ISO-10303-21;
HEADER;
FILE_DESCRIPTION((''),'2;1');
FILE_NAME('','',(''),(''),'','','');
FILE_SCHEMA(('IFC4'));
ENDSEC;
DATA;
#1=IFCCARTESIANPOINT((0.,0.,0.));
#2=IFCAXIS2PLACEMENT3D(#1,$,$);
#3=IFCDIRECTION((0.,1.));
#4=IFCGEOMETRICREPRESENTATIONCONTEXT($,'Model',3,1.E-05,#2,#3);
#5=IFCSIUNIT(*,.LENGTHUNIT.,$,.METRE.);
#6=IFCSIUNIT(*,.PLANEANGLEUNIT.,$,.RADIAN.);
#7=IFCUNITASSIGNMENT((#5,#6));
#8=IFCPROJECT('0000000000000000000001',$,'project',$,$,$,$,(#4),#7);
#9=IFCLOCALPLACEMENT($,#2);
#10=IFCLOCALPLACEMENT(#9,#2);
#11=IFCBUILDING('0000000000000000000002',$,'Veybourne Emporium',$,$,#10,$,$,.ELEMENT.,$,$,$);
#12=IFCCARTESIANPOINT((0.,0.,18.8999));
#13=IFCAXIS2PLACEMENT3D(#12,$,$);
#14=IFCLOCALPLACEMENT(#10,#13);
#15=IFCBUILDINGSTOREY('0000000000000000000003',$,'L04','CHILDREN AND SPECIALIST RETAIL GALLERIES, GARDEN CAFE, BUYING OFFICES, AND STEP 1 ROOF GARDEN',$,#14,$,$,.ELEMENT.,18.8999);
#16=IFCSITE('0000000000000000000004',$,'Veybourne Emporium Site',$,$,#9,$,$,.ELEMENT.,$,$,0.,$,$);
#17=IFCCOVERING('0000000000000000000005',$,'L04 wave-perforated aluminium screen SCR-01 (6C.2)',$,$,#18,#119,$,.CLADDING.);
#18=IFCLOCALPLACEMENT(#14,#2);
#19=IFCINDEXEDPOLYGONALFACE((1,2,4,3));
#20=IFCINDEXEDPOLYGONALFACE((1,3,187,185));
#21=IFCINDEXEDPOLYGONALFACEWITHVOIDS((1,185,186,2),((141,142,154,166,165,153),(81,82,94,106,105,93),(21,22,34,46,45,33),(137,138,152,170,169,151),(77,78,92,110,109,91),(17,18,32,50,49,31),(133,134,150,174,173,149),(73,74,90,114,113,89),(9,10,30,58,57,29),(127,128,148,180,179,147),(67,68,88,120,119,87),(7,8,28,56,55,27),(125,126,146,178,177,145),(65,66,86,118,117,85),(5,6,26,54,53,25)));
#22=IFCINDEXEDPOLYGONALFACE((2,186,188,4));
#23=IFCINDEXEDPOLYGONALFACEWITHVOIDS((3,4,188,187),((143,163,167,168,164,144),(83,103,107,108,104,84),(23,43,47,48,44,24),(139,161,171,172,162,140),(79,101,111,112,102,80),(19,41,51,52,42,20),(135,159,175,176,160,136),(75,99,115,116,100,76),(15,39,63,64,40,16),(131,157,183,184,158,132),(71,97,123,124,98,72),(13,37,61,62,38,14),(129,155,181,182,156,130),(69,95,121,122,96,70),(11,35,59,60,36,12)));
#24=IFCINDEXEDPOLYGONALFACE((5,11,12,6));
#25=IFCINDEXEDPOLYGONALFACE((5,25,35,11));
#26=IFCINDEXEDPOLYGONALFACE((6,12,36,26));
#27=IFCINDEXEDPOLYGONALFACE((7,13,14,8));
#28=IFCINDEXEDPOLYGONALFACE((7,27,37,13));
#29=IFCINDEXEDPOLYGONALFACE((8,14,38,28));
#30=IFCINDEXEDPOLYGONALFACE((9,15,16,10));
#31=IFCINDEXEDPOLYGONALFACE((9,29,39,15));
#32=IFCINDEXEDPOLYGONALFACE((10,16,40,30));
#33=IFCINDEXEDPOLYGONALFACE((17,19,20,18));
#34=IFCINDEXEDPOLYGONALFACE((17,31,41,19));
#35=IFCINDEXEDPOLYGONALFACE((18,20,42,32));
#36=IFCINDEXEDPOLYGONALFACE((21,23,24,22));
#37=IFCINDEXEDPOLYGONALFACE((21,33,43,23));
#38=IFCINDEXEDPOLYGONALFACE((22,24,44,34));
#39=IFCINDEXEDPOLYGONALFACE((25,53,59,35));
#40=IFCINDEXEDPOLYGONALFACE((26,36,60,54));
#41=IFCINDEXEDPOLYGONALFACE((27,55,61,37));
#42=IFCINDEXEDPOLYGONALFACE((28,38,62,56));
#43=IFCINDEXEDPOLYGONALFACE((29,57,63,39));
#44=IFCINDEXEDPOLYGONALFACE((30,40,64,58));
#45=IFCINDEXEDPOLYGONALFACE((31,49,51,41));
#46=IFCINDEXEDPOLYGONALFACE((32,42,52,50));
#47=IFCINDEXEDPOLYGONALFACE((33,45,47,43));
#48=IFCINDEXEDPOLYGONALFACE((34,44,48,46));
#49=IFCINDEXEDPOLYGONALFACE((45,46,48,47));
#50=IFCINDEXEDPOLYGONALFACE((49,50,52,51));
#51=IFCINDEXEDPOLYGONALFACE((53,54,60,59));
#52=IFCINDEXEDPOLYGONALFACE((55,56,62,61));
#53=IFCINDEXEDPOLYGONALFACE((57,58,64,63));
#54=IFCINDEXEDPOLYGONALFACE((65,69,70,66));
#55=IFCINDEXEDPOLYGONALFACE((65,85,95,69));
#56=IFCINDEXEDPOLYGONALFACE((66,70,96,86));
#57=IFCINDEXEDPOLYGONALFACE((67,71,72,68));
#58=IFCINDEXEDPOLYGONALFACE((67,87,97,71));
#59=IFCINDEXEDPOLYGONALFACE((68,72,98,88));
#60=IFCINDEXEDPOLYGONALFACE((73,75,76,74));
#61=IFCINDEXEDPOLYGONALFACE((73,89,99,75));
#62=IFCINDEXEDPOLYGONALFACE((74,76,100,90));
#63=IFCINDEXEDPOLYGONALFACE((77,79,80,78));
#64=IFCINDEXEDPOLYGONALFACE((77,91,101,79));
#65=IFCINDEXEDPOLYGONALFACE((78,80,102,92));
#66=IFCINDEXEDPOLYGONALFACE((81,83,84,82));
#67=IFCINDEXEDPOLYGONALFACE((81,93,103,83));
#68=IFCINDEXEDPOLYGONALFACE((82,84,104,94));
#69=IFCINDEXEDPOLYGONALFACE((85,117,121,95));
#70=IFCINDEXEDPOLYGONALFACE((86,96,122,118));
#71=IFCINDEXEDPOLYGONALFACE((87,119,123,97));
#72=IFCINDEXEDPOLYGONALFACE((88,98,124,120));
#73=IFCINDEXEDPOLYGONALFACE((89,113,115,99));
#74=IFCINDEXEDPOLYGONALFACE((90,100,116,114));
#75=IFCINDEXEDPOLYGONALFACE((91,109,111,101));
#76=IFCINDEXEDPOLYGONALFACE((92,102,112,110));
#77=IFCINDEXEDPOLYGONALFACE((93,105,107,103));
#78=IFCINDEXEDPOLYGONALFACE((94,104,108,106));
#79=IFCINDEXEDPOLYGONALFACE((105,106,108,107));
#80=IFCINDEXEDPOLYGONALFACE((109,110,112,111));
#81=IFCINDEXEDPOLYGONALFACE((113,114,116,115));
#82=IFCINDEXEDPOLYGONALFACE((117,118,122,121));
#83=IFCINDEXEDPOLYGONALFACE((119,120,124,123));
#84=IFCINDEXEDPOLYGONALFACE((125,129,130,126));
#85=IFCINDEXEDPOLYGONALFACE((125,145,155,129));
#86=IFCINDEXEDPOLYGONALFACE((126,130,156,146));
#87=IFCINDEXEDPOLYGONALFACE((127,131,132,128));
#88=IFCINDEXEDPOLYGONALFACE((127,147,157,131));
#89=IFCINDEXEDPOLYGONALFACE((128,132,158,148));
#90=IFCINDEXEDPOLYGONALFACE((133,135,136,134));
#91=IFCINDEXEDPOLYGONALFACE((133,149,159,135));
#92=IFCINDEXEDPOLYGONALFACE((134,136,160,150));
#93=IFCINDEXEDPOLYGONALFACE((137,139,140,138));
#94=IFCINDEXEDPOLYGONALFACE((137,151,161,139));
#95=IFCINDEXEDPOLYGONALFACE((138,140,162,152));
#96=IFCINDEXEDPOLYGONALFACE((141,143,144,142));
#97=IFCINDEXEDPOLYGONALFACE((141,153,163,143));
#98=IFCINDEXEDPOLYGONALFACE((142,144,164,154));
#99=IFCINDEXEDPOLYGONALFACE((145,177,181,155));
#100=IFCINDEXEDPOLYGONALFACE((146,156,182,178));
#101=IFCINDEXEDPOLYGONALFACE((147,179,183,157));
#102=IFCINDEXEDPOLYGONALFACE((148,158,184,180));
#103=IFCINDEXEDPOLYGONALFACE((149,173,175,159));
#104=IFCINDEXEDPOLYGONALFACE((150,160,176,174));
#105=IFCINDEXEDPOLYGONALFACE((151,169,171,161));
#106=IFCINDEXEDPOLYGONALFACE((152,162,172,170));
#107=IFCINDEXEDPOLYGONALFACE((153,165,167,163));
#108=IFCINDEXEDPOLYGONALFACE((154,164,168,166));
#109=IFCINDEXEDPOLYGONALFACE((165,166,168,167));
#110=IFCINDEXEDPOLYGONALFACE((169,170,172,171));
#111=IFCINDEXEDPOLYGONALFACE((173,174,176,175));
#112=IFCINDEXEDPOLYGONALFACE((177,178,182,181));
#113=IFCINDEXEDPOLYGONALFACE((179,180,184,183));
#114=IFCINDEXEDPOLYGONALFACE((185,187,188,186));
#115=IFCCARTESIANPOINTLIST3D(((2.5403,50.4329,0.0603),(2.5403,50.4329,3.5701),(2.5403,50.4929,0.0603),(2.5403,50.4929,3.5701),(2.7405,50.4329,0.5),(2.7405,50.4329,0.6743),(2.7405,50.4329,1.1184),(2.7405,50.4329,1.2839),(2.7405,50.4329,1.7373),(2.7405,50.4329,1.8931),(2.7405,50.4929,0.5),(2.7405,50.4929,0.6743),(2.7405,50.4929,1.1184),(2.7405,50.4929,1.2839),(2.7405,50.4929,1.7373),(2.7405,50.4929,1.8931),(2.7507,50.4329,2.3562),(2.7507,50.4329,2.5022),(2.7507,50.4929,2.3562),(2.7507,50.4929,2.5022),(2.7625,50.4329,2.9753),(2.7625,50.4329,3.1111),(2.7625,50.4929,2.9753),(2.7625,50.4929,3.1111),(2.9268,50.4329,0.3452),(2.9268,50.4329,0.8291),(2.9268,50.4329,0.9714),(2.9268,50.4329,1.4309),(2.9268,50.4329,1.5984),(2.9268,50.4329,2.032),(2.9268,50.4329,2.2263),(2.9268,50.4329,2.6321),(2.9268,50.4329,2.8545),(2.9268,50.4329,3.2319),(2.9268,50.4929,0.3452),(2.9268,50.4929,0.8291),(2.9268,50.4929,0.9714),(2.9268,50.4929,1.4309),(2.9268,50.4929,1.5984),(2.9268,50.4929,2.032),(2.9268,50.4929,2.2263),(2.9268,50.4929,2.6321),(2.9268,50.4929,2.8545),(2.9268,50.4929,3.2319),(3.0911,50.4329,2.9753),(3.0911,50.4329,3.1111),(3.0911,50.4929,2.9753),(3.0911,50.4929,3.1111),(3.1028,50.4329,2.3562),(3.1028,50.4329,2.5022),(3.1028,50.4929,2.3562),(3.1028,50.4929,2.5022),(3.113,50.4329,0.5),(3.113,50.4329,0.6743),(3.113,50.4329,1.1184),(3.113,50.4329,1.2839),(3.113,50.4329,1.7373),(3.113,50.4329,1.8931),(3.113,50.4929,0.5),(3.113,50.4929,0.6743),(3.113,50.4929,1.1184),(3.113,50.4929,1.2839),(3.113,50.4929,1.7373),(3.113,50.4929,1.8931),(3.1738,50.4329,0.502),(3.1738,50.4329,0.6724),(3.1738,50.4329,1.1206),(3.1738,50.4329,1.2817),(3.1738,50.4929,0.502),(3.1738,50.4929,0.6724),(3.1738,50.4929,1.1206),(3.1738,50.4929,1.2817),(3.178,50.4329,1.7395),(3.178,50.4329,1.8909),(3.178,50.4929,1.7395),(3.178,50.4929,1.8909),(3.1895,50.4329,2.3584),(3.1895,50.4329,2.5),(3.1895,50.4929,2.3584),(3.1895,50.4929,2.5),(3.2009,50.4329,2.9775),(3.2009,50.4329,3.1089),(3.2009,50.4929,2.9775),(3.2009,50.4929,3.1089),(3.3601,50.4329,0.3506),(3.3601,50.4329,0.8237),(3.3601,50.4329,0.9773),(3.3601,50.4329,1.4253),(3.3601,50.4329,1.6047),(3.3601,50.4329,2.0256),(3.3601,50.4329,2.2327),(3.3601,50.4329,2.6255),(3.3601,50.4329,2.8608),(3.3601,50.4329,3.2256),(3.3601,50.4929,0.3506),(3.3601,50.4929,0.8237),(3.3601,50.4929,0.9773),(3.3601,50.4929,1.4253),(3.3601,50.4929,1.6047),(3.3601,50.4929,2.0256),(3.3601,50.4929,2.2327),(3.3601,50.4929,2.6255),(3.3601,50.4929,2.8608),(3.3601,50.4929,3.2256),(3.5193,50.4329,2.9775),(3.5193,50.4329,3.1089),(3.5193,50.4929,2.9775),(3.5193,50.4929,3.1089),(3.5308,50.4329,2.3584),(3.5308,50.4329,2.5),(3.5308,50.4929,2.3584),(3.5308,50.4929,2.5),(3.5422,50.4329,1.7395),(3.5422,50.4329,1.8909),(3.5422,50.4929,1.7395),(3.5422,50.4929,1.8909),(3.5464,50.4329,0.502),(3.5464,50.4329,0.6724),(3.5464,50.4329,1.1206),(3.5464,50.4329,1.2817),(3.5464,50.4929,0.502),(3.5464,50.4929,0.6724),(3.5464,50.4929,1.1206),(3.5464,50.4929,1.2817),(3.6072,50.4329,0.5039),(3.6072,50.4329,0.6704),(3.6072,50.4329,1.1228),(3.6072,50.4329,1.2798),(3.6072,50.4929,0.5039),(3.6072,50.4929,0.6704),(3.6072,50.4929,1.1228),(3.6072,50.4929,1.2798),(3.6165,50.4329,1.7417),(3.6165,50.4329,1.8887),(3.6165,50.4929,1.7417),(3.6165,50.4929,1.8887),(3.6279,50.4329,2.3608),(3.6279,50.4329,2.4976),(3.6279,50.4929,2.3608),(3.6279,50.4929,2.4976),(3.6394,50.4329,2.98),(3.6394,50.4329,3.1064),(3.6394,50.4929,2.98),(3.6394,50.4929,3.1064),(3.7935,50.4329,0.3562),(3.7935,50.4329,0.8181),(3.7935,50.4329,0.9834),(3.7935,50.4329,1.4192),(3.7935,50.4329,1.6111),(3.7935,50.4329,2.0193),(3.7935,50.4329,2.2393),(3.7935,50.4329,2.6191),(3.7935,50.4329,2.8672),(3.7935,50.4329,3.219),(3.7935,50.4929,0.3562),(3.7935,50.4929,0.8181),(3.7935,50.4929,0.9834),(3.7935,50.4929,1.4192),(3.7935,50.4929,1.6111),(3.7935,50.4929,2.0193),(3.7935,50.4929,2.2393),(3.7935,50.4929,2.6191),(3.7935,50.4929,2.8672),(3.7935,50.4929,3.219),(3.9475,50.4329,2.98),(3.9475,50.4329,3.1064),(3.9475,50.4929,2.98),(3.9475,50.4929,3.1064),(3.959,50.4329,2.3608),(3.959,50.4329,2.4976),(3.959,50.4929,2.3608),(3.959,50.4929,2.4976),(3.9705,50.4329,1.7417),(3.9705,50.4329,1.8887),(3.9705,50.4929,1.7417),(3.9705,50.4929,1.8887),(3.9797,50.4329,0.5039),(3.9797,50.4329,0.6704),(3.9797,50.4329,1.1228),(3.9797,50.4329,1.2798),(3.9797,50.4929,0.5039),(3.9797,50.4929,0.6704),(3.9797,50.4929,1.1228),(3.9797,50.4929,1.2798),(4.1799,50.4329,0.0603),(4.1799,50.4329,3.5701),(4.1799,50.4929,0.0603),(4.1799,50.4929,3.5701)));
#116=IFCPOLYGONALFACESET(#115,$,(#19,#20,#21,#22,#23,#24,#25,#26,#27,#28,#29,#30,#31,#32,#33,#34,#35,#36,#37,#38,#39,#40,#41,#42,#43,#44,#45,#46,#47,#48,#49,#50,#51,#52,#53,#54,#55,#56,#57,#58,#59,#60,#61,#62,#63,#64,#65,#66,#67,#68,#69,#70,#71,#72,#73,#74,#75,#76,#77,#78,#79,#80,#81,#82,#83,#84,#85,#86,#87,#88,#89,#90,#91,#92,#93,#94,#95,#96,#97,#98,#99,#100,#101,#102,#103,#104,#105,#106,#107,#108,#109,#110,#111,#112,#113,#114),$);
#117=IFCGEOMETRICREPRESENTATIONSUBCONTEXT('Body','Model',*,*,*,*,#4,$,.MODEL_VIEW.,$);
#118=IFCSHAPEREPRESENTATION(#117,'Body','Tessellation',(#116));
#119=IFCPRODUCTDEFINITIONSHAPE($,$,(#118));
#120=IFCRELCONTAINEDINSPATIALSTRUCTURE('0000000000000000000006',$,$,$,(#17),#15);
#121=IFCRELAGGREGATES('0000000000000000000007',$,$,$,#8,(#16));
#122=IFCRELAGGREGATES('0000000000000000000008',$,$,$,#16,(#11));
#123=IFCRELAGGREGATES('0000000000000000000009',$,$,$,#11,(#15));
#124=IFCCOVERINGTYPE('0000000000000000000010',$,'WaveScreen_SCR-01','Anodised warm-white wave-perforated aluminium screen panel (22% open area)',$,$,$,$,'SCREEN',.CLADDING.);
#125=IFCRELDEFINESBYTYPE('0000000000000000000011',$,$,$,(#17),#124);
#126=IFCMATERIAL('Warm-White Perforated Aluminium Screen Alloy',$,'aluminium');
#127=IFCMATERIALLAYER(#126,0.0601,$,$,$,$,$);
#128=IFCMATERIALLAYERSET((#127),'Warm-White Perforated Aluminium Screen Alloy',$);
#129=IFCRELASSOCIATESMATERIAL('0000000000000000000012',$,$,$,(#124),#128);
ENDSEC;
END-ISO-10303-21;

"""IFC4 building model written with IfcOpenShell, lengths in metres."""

from ifc_helpers import new_model, si_unit, direction, frame, origin, place, context, subcontext, project, spatial, polyline, outline, extrude, material, layer, layer_set, type_object, element, save


model = new_model("IFC4")

# Units and contexts
model_context = context("Model", 3, precision=1e-05, world=origin(), true_north=direction((0.0, 1.0)))
body_context = subcontext(model_context, "Body", "Model", "MODEL_VIEW")
ifc_project = project(units=[si_unit("LENGTHUNIT", "METRE"), si_unit("PLANEANGLEUNIT", "RADIAN")], contexts=[model_context])

# Site, building, storey
site_placement = place(None, origin())
site = spatial("IfcSite", under=ifc_project, at=site_placement, Name="Veybourne Emporium Site", CompositionType="ELEMENT", RefElevation=0.0)
building_placement = place(site_placement, origin())
building = spatial("IfcBuilding", under=site, at=building_placement, Name="Veybourne Emporium", CompositionType="ELEMENT")
storey_placement = place(building_placement, frame((0.0, 0.0, 18.8999)))
storey = spatial("IfcBuildingStorey", under=building, at=storey_placement, Name="L04", Description="CHILDREN AND SPECIALIST RETAIL GALLERIES, GARDEN CAFE, BUYING OFFICES, AND STEP 1 ROOF GARDEN", CompositionType="ELEMENT", Elevation=18.8999)

# Covering
ifc_material_1 = material(Name="Warm-White Perforated Aluminium Screen Alloy", Category="aluminium")
ifc_layer_1 = layer(ifc_material_1, 0.0601)
ifc_layer_set_1 = layer_set([ifc_layer_1], Name="Warm-White Perforated Aluminium Screen Alloy")
covering_type_1 = type_object("IfcCoveringType", Name="WaveScreen_SCR-01", Description="Anodised warm-white wave-perforated aluminium screen panel (22% open area)", ElementType="SCREEN", PredefinedType="CLADDING", material=ifc_layer_set_1)
covering_1_placement = place(storey_placement, frame((3.3601, 50.4929, 1.8152), z_axis=(0.0, -1.0, 0.0), x_axis=(1.0, 0.0, 0.0)))
element("IfcCovering", 1, at=covering_1_placement, inside=storey, type_object=covering_type_1, Name="L04 wave-perforated aluminium screen SCR-01 (6C.2)", PredefinedType="CLADDING", context=body_context, shape_type="SweptSolid", body=[
    extrude(outline(polyline([(-0.8198, -1.7549), (0.8198, -1.7549), (0.8198, 1.7549), (-0.8198, 1.7549), (-0.8198, -1.7549)]), holes=[polyline([(-0.4333, -0.9861), (-0.2471, -1.1409), (-0.2471, -1.3152), (-0.4333, -1.47), (-0.6196, -1.3152), (-0.6196, -1.1409), (-0.4333, -0.9861)]), polyline([(-0.4333, -0.3843), (-0.2471, -0.5312), (-0.2471, -0.6968), (-0.4333, -0.8438), (-0.6196, -0.6968), (-0.6196, -0.5312), (-0.4333, -0.3843)]), polyline([(-0.4333, 0.2168), (-0.2471, 0.0779), (-0.2471, -0.0779), (-0.4333, -0.2168), (-0.6196, -0.0779), (-0.6196, 0.0779), (-0.4333, 0.2168)]), polyline([(-0.4333, 0.8169), (-0.2573, 0.687), (-0.2573, 0.541), (-0.4333, 0.4111), (-0.6094, 0.541), (-0.6094, 0.687), (-0.4333, 0.8169)]), polyline([(-0.4333, 1.4167), (-0.269, 1.2959), (-0.269, 1.1602), (-0.4333, 1.0393), (-0.5977, 1.1602), (-0.5977, 1.2959), (-0.4333, 1.4167)]), polyline([(0.0, -0.9915), (0.1863, -1.1428), (0.1863, -1.3132), (0.0, -1.4646), (-0.1863, -1.3132), (-0.1863, -1.1428), (0.0, -0.9915)]), polyline([(0.0, -0.3899), (0.1863, -0.5334), (0.1863, -0.6946), (0.0, -0.8379), (-0.1863, -0.6946), (-0.1863, -0.5334), (0.0, -0.3899)]), polyline([(0.0, 0.2104), (0.1821, 0.0757), (0.1821, -0.0757), (0.0, -0.2104), (-0.1821, -0.0757), (-0.1821, 0.0757), (0.0, 0.2104)]), polyline([(0.0, 0.8103), (0.1707, 0.6848), (0.1707, 0.5432), (0.0, 0.4175), (-0.1707, 0.5432), (-0.1707, 0.6848), (0.0, 0.8103)]), polyline([(0.0, 1.4104), (0.1592, 1.2937), (0.1592, 1.1624), (0.0, 1.0457), (-0.1592, 1.1624), (-0.1592, 1.2937), (0.0, 1.4104)]), polyline([(0.4333, -0.9971), (0.6196, -1.1448), (0.6196, -1.3113), (0.4333, -1.459), (0.2471, -1.3113), (0.2471, -1.1448), (0.4333, -0.9971)]), polyline([(0.4333, -0.396), (0.6196, -0.5354), (0.6196, -0.6924), (0.4333, -0.8318), (0.2471, -0.6924), (0.2471, -0.5354), (0.4333, -0.396)]), polyline([(0.4333, 0.2041), (0.6104, 0.0735), (0.6104, -0.0735), (0.4333, -0.2041), (0.2563, -0.0735), (0.2563, 0.0735), (0.4333, 0.2041)]), polyline([(0.4333, 0.804), (0.5989, 0.6824), (0.5989, 0.5457), (0.4333, 0.4241), (0.2678, 0.5457), (0.2678, 0.6824), (0.4333, 0.804)]), polyline([(0.4333, 1.4038), (0.5874, 1.2913), (0.5874, 1.1648), (0.4333, 1.052), (0.2793, 1.1648), (0.2793, 1.2913), (0.4333, 1.4038)])]), origin(), (0.0, 0.0, 1.0), 0.0601),
])

save(model, "model.ifc")
